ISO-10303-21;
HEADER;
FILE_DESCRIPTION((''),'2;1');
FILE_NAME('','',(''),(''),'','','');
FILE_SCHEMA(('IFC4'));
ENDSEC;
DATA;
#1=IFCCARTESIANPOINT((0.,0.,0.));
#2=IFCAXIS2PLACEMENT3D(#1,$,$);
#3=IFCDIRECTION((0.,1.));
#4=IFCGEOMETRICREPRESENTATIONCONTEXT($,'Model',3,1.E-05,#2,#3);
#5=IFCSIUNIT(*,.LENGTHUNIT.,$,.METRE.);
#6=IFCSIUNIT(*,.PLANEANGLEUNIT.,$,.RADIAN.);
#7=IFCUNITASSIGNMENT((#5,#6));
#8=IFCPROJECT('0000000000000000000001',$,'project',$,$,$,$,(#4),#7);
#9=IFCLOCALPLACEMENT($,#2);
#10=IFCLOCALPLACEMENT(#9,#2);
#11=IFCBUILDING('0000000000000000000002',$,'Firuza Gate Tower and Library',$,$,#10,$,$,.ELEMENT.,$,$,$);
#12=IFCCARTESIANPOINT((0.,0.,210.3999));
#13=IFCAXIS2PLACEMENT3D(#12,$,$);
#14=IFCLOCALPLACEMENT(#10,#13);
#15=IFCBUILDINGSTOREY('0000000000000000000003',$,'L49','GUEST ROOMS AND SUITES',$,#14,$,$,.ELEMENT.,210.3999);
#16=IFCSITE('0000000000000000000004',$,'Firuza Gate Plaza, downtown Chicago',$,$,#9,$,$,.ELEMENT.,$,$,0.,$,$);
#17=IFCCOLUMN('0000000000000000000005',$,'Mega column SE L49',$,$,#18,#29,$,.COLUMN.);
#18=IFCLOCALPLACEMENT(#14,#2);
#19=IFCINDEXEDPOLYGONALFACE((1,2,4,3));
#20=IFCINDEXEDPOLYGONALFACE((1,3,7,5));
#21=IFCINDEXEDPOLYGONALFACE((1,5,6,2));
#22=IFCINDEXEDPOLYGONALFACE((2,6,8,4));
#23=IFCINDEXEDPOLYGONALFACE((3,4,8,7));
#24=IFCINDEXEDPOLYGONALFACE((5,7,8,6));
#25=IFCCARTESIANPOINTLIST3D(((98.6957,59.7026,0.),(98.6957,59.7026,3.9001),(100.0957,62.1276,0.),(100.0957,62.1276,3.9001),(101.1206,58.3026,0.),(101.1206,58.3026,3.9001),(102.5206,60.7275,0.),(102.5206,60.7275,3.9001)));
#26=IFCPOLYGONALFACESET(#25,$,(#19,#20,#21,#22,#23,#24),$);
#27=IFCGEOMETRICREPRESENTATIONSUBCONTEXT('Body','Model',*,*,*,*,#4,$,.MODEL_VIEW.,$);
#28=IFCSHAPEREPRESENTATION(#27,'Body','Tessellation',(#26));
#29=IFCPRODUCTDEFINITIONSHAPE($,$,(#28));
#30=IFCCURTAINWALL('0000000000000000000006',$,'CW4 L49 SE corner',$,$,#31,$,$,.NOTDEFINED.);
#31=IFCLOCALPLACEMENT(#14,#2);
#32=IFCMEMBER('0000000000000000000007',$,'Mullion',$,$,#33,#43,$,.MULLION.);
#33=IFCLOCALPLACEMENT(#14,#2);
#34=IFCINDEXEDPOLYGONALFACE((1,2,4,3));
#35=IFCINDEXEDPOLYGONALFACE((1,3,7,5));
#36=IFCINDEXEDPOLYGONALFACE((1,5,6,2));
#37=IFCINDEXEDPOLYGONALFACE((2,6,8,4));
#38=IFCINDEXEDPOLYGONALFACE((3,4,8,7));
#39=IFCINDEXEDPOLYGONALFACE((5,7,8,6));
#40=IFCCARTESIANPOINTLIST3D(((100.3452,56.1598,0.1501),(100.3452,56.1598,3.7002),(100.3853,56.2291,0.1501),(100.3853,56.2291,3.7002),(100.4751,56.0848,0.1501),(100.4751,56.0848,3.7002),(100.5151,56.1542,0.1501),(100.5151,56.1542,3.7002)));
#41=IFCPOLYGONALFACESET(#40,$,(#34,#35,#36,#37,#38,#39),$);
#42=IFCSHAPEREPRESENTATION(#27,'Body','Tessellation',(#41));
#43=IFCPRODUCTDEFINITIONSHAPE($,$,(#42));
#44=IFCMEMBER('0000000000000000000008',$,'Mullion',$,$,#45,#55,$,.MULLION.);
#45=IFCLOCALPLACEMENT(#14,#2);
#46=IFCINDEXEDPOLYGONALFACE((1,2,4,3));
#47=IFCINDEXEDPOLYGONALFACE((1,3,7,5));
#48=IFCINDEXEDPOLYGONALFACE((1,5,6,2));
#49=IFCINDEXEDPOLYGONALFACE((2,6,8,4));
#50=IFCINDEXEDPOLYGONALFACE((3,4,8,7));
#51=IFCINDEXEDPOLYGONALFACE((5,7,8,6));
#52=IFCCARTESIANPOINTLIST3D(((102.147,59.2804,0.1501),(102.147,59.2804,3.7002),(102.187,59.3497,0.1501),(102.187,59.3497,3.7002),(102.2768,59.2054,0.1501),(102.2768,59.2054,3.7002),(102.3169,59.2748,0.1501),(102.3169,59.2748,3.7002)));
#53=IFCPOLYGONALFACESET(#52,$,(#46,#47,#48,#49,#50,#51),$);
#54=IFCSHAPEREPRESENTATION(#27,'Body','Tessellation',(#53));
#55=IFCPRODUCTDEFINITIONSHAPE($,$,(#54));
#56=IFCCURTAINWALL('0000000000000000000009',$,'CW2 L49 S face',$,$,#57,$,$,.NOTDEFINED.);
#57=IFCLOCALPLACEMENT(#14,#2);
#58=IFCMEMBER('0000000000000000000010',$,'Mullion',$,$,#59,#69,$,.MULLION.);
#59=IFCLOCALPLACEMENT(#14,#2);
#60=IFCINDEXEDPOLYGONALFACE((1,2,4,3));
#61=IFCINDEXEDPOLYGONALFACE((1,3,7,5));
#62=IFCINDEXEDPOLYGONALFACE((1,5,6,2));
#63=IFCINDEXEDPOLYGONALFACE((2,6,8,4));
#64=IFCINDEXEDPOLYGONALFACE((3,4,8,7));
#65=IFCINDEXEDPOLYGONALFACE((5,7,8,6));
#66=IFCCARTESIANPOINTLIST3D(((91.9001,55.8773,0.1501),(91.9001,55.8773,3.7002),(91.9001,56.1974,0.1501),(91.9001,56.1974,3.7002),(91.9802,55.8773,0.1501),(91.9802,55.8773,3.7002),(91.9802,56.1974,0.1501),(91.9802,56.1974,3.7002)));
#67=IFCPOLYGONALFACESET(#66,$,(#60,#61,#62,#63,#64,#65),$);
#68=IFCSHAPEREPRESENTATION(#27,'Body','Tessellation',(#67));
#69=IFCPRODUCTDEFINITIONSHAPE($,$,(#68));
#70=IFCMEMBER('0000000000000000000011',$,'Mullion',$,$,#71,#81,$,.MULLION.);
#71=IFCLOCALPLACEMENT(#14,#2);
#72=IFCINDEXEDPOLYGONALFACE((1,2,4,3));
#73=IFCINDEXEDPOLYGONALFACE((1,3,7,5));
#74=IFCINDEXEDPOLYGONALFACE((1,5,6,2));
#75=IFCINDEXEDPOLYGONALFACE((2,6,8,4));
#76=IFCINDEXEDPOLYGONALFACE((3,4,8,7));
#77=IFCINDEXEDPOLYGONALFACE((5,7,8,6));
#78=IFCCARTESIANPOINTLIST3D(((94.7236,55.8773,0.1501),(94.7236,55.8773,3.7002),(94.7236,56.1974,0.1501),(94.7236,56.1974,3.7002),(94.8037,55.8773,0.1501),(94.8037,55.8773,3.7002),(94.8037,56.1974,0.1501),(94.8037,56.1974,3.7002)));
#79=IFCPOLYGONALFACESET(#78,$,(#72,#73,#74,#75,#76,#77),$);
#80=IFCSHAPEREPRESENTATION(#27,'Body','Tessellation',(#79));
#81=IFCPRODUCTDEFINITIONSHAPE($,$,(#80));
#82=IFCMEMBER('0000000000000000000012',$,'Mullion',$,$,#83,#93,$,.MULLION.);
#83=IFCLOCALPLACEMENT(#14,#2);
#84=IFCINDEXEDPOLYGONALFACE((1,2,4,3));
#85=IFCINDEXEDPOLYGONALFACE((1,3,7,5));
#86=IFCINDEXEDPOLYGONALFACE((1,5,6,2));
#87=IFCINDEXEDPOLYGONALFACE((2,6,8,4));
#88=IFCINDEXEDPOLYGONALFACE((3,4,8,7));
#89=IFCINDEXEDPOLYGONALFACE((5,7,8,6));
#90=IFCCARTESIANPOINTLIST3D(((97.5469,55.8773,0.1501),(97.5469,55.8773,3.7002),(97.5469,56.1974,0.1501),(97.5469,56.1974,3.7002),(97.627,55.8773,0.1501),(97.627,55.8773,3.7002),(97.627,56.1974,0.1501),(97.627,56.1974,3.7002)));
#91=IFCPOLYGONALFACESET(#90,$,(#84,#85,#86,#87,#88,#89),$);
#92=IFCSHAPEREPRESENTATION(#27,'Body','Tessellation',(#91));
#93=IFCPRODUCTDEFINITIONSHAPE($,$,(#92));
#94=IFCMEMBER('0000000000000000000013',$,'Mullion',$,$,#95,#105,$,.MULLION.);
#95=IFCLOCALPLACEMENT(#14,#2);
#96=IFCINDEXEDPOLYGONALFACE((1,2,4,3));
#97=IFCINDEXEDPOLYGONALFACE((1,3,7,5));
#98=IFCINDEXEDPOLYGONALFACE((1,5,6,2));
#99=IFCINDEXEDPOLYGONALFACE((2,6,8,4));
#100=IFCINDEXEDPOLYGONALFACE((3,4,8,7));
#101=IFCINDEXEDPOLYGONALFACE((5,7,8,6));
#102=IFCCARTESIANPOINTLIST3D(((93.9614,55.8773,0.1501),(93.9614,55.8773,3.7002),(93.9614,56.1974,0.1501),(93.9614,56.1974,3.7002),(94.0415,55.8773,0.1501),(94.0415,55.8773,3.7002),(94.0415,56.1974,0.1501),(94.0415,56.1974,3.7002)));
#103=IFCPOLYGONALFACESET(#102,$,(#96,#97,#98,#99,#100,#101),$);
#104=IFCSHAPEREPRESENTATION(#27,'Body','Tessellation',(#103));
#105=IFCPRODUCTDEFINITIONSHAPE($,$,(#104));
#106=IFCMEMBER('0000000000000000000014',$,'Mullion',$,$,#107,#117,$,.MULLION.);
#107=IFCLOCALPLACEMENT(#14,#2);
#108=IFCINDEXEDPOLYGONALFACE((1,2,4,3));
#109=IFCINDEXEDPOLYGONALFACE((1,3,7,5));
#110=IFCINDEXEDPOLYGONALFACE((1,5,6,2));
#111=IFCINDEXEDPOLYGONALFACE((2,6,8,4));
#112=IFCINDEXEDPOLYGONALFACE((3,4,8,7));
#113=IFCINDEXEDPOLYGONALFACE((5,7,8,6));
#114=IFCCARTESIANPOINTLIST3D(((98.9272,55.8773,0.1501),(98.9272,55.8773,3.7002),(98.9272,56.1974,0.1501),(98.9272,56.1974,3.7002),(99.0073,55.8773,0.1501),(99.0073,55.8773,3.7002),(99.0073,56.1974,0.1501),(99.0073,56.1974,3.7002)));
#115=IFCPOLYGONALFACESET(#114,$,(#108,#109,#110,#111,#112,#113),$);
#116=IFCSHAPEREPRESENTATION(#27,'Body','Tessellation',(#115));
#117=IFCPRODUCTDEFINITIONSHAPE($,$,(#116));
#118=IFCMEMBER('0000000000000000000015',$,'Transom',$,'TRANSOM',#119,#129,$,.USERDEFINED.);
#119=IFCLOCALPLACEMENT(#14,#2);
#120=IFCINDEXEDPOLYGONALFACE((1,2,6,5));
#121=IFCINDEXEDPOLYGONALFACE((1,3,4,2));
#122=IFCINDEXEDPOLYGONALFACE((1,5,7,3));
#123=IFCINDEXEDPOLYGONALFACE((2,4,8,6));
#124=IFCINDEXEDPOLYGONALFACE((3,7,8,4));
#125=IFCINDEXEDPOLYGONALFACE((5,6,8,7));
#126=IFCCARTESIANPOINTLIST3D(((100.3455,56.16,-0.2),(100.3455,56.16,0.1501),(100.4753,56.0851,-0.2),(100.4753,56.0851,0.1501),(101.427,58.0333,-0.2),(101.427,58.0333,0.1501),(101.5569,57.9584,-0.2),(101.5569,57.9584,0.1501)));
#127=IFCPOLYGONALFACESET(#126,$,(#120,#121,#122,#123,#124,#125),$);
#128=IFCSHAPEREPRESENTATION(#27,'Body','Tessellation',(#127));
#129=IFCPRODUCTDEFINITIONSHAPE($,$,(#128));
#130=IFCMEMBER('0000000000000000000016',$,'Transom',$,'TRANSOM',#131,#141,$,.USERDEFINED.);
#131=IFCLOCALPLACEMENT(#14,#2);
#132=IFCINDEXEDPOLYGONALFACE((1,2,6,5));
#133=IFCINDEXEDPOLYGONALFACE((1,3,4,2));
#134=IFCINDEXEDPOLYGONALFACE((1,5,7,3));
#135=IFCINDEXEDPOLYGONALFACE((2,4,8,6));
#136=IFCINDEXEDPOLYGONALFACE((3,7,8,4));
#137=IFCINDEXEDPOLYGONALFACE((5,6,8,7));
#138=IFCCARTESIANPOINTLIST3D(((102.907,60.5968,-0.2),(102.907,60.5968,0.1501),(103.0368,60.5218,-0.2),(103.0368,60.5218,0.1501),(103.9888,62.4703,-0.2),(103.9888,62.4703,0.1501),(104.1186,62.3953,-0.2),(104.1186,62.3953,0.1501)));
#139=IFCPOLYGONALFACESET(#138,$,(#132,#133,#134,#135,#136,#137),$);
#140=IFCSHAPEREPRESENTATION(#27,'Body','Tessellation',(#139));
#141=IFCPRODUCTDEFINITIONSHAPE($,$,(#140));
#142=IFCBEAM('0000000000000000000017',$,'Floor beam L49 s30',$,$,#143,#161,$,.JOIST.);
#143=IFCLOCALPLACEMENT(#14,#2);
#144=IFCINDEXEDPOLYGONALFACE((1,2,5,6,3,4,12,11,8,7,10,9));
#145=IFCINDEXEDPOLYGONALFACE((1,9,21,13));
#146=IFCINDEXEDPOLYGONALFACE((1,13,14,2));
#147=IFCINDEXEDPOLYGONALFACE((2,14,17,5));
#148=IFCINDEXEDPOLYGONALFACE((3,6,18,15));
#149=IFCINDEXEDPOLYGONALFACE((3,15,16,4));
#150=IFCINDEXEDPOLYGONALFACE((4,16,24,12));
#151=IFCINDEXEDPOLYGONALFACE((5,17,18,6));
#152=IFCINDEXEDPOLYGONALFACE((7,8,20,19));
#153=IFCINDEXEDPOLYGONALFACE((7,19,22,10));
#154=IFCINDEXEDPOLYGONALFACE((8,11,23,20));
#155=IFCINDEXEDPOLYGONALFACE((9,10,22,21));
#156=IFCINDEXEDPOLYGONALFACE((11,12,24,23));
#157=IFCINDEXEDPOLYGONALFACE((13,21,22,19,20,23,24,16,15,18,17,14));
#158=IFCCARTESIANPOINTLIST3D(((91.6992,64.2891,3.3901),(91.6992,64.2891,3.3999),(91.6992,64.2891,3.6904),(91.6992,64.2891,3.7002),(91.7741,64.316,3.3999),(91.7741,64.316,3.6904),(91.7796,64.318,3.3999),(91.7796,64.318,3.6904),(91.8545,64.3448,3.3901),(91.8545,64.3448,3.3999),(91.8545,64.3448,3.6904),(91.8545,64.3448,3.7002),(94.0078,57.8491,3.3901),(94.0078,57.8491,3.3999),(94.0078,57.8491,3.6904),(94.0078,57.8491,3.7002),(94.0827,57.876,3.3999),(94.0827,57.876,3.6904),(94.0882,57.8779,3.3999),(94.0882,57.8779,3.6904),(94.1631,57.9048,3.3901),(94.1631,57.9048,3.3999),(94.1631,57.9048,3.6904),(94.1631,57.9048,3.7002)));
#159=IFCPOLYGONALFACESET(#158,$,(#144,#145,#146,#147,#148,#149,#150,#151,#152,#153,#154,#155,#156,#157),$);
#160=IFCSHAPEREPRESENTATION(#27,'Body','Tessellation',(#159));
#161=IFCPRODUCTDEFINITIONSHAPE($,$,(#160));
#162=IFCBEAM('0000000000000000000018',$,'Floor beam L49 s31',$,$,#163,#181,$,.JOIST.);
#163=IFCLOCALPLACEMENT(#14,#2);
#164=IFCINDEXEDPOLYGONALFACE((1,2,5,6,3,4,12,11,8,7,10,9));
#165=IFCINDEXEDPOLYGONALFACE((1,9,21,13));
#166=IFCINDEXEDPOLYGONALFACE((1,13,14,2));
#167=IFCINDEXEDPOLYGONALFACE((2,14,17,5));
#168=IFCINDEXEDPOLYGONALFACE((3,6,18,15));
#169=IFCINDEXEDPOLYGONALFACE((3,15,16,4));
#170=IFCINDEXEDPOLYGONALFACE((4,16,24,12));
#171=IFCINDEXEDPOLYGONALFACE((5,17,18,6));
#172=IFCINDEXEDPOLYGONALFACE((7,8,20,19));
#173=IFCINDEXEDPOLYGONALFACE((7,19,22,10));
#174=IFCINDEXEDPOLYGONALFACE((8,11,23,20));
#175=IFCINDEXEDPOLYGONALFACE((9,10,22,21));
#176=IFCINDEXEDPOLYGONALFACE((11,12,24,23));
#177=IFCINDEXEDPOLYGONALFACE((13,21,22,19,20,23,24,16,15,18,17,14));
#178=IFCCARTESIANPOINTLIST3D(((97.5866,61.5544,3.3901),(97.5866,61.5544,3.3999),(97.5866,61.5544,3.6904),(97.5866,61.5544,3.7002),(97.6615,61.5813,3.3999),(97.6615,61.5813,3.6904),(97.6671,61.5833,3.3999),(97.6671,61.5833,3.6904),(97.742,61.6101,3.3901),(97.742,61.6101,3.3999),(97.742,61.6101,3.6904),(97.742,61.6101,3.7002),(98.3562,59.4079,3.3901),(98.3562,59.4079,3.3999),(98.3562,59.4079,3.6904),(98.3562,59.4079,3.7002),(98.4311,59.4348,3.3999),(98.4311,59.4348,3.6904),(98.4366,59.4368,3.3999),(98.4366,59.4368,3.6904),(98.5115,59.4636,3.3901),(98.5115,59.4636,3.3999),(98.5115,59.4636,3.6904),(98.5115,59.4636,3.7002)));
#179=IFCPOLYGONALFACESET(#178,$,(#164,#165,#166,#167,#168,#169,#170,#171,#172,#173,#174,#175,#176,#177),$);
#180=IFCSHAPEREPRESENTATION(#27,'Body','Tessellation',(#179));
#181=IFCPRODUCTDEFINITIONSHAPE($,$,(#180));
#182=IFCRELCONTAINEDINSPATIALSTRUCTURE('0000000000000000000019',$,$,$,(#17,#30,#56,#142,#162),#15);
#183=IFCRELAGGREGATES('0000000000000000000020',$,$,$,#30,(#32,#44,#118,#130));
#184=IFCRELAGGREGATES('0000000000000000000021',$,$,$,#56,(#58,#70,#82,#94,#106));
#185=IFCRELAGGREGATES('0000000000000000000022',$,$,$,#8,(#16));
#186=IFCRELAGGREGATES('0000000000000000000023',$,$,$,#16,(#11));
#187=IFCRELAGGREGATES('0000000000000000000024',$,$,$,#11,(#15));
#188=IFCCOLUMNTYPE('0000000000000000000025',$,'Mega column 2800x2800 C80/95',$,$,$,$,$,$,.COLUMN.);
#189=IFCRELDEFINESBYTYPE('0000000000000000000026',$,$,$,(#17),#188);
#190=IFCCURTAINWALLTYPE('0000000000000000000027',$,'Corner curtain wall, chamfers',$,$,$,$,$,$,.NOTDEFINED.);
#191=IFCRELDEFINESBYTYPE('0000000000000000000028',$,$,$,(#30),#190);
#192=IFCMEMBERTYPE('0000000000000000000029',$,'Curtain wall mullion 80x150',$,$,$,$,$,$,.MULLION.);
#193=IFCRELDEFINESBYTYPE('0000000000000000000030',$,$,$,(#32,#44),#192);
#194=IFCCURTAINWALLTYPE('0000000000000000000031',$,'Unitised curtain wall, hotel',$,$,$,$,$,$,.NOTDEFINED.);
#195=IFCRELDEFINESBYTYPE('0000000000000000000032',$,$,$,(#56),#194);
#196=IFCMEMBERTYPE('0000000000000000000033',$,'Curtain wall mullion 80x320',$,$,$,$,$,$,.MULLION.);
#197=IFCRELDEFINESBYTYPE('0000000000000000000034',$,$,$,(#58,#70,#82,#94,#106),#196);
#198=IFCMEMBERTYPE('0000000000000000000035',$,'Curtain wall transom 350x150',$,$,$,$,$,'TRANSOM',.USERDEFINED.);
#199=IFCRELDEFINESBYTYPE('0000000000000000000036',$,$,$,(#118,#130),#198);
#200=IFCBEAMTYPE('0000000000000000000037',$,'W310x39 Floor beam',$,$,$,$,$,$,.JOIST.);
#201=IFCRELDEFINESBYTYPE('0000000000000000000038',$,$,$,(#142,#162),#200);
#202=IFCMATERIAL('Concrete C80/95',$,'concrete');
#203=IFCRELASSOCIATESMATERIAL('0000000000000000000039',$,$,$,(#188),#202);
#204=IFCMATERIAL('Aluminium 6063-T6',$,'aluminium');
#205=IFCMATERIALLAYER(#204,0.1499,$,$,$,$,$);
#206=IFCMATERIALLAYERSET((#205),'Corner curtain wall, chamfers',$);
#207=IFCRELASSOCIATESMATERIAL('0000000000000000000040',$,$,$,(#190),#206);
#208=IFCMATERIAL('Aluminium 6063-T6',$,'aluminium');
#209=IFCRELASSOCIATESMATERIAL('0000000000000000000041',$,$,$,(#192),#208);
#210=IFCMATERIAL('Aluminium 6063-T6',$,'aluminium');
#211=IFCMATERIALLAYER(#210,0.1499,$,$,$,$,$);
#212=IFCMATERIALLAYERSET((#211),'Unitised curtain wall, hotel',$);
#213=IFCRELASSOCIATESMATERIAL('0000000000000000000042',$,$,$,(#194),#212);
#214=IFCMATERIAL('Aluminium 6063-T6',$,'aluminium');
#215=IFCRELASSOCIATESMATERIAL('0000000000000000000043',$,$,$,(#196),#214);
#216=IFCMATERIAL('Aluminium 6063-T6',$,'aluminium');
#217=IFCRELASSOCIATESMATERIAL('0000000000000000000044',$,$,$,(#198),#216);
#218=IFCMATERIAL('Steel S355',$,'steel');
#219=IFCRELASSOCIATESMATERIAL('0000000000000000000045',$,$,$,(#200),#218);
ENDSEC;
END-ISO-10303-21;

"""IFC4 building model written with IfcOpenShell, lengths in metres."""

from ifc_helpers import new_model, si_unit, direction, frame, origin, origin_2d, place, context, subcontext, project, spatial, rectangle, i_section, extrude, material, layer, layer_set, material_profile, profile_set, type_object, element, aggregate, save


model = new_model("IFC4")

# Units and contexts
model_context = context("Model", 3, precision=1e-05, world=origin(), true_north=direction((0.0, 1.0)))
body_context = subcontext(model_context, "Body", "Model", "MODEL_VIEW")
ifc_project = project(units=[si_unit("LENGTHUNIT", "METRE"), si_unit("PLANEANGLEUNIT", "RADIAN")], contexts=[model_context])

# Site, building, storey
site_placement = place(None, origin())
site = spatial("IfcSite", under=ifc_project, at=site_placement, Name="Firuza Gate Plaza, downtown Chicago", CompositionType="ELEMENT", RefElevation=0.0)
building_placement = place(site_placement, origin())
building = spatial("IfcBuilding", under=site, at=building_placement, Name="Firuza Gate Tower and Library", CompositionType="ELEMENT")
storey_placement = place(building_placement, frame((0.0, 0.0, 210.3999)))
storey = spatial("IfcBuildingStorey", under=building, at=storey_placement, Name="L49", Description="GUEST ROOMS AND SUITES", CompositionType="ELEMENT", Elevation=210.3999)

# Column
ifc_material_1 = material(Name="Concrete C80/95", Category="concrete")
ifc_material_profile_1 = material_profile(ifc_material_1, rectangle(XDim=2.8, YDim=2.8, at=origin_2d()))
ifc_profile_set_1 = profile_set([ifc_material_profile_1], Name="Concrete C80/95")
column_type = type_object("IfcColumnType", Name="Mega column 2800x2800 C80/95", PredefinedType="COLUMN", material=ifc_profile_set_1)
column_placement = place(storey_placement, frame((100.6082, 60.2151, 0.0), z_axis=(0.0, 0.0, 1.0), x_axis=(0.5, 0.866025, 0.0)))
element("IfcColumn", 1, at=column_placement, inside=storey, type_object=column_type, Name="Mega column SE L49", PredefinedType="COLUMN", context=body_context, shape_type="SweptSolid", body=[
    extrude(rectangle(XDim=2.8, YDim=2.8, at=origin_2d()), origin(), (0.0, 0.0, 1.0), 3.9001),
])

# Curtain walls, members
ifc_material_2 = material(Name="Aluminium 6063-T6", Category="aluminium")
ifc_layer_1 = layer(ifc_material_2, 0.1499)
ifc_layer_set_1 = layer_set([ifc_layer_1], Name="Corner curtain wall, chamfers")
curtain_wall_type_1 = type_object("IfcCurtainWallType", Name="Corner curtain wall, chamfers", PredefinedType="NOTDEFINED", material=ifc_layer_set_1)
placement = place(storey_placement, origin())
curtain_wall_1 = element("IfcCurtainWall", 2, at=placement, inside=storey, type_object=curtain_wall_type_1, Name="CW4 L49 SE corner", PredefinedType="NOTDEFINED")
ifc_material_3 = material(Name="Aluminium 6063-T6", Category="aluminium")
ifc_material_profile_2 = material_profile(ifc_material_3, rectangle(XDim=0.1499, YDim=0.0801, at=origin_2d()))
ifc_profile_set_2 = profile_set([ifc_material_profile_2], Name="Aluminium 6063-T6")
member_type_1 = type_object("IfcMemberType", Name="Curtain wall mullion 80x150", PredefinedType="MULLION", material=ifc_profile_set_2)
member_1_placement = place(storey_placement, frame((100.4302, 56.157, 0.1501), z_axis=(0.0, 0.0, 1.0), x_axis=(-0.866025, 0.5, 0.0)))
member_1 = element("IfcMember", 3, at=member_1_placement, type_object=member_type_1, Name="Mullion", PredefinedType="MULLION", context=body_context, shape_type="SweptSolid", body=[
    extrude(rectangle(XDim=0.1499, YDim=0.0801, at=origin_2d()), origin(), (0.0, 0.0, 1.0), 3.55),
])
member_2_placement = place(storey_placement, frame((102.2319, 59.2776, 0.1501), z_axis=(0.0, 0.0, 1.0), x_axis=(-0.866025, 0.5, 0.0)))
member_2 = element("IfcMember", 4, at=member_2_placement, type_object=member_type_1, Name="Mullion", PredefinedType="MULLION", context=body_context, shape_type="SweptSolid", body=[
    extrude(rectangle(XDim=0.1499, YDim=0.0801, at=origin_2d()), origin(), (0.0, 0.0, 1.0), 3.55),
])
ifc_material_4 = material(Name="Aluminium 6063-T6", Category="aluminium")
ifc_layer_2 = layer(ifc_material_4, 0.1499)
ifc_layer_set_2 = layer_set([ifc_layer_2], Name="Unitised curtain wall, hotel")
curtain_wall_type_2 = type_object("IfcCurtainWallType", Name="Unitised curtain wall, hotel", PredefinedType="NOTDEFINED", material=ifc_layer_set_2)
curtain_wall_2 = element("IfcCurtainWall", 5, at=placement, inside=storey, type_object=curtain_wall_type_2, Name="CW2 L49 S face", PredefinedType="NOTDEFINED")
ifc_material_5 = material(Name="Aluminium 6063-T6", Category="aluminium")
ifc_material_profile_3 = material_profile(ifc_material_5, rectangle(XDim=0.3201, YDim=0.0801, at=origin_2d()))
ifc_profile_set_3 = profile_set([ifc_material_profile_3], Name="Aluminium 6063-T6")
member_type_2 = type_object("IfcMemberType", Name="Curtain wall mullion 80x320", PredefinedType="MULLION", material=ifc_profile_set_3)
member_3_placement = place(storey_placement, frame((91.9402, 56.0374, 0.1501), z_axis=(0.0, 0.0, 1.0), x_axis=(0.0, 1.0, 0.0)))
member_3 = element("IfcMember", 6, at=member_3_placement, type_object=member_type_2, Name="Mullion", PredefinedType="MULLION", context=body_context, shape_type="SweptSolid", body=[
    extrude(rectangle(XDim=0.3201, YDim=0.0801, at=origin_2d()), origin(), (0.0, 0.0, 1.0), 3.55),
])
member_4_placement = place(storey_placement, frame((94.7637, 56.0374, 0.1501), z_axis=(0.0, 0.0, 1.0), x_axis=(0.0, 1.0, 0.0)))
member_4 = element("IfcMember", 7, at=member_4_placement, type_object=member_type_2, Name="Mullion", PredefinedType="MULLION", context=body_context, shape_type="SweptSolid", body=[
    extrude(rectangle(XDim=0.3201, YDim=0.0801, at=origin_2d()), origin(), (0.0, 0.0, 1.0), 3.55),
])
member_5_placement = place(storey_placement, frame((97.5869, 56.0374, 0.1501), z_axis=(0.0, 0.0, 1.0), x_axis=(0.0, 1.0, 0.0)))
member_5 = element("IfcMember", 8, at=member_5_placement, type_object=member_type_2, Name="Mullion", PredefinedType="MULLION", context=body_context, shape_type="SweptSolid", body=[
    extrude(rectangle(XDim=0.3201, YDim=0.0801, at=origin_2d()), origin(), (0.0, 0.0, 1.0), 3.55),
])
member_6_placement = place(storey_placement, frame((94.0015, 56.0374, 0.1501), z_axis=(0.0, 0.0, 1.0), x_axis=(0.0, 1.0, 0.0)))
member_6 = element("IfcMember", 9, at=member_6_placement, type_object=member_type_2, Name="Mullion", PredefinedType="MULLION", context=body_context, shape_type="SweptSolid", body=[
    extrude(rectangle(XDim=0.3201, YDim=0.0801, at=origin_2d()), origin(), (0.0, 0.0, 1.0), 3.55),
])
member_7_placement = place(storey_placement, frame((98.9673, 56.0374, 0.1501), z_axis=(0.0, 0.0, 1.0), x_axis=(0.0, 1.0, 0.0)))
member_7 = element("IfcMember", 10, at=member_7_placement, type_object=member_type_2, Name="Mullion", PredefinedType="MULLION", context=body_context, shape_type="SweptSolid", body=[
    extrude(rectangle(XDim=0.3201, YDim=0.0801, at=origin_2d()), origin(), (0.0, 0.0, 1.0), 3.55),
])

# Members
ifc_material_6 = material(Name="Aluminium 6063-T6", Category="aluminium")
ifc_material_profile_4 = material_profile(ifc_material_6, rectangle(XDim=0.1499, YDim=0.3501, at=origin_2d()))
ifc_profile_set_4 = profile_set([ifc_material_profile_4], Name="Aluminium 6063-T6")
member_type_3 = type_object("IfcMemberType", Name="Curtain wall transom 350x150", ElementType="TRANSOM", PredefinedType="USERDEFINED", material=ifc_profile_set_4)
member_8_placement = place(storey_placement, frame((100.4104, 56.1226, -0.0249), z_axis=(0.499999, 0.866026, 0.0), x_axis=(-0.866026, 0.499999, 0.0)))
member_8 = element("IfcMember", 11, at=member_8_placement, type_object=member_type_3, Name="Transom", ObjectType="TRANSOM", PredefinedType="USERDEFINED", context=body_context, shape_type="SweptSolid", body=[
    extrude(rectangle(XDim=0.1499, YDim=0.3501, at=origin_2d()), origin(), (0.0, 0.0, 1.0), 2.1631),
])
member_9_placement = place(storey_placement, frame((102.9719, 60.5593, -0.0249), z_axis=(0.500035, 0.866005, 0.0), x_axis=(-0.866005, 0.500035, 0.0)))
member_9 = element("IfcMember", 12, at=member_9_placement, type_object=member_type_3, Name="Transom", ObjectType="TRANSOM", PredefinedType="USERDEFINED", context=body_context, shape_type="SweptSolid", body=[
    extrude(rectangle(XDim=0.1499, YDim=0.3501, at=origin_2d()), origin(), (0.0, 0.0, 1.0), 2.1633),
])

# Beams
ifc_material_7 = material(Name="Steel S355", Category="steel")
ifc_material_profile_5 = material_profile(ifc_material_7, i_section(OverallWidth=0.165, OverallDepth=0.3101, WebThickness=0.0059, FlangeThickness=0.0098, at=origin_2d()))
ifc_profile_set_5 = profile_set([ifc_material_profile_5], Name="Steel S355")
beam_type_1 = type_object("IfcBeamType", Name="W310x39 Floor beam", PredefinedType="JOIST", material=ifc_profile_set_5)
beam_1_placement = place(storey_placement, frame((94.0854, 57.877, 3.5452), z_axis=(-0.337453, 0.941342, 0.0), x_axis=(-0.941342, -0.337453, 0.0)))
element("IfcBeam", 13, at=beam_1_placement, inside=storey, type_object=beam_type_1, Name="Floor beam L49 s30", PredefinedType="JOIST", context=body_context, shape_type="SweptSolid", body=[
    extrude(i_section(OverallWidth=0.165, OverallDepth=0.3101, WebThickness=0.0059, FlangeThickness=0.0098, at=origin_2d()), origin(), (0.0, 0.0, 1.0), 6.8413),
])
beam_2_placement = place(storey_placement, frame((98.4338, 59.4358, 3.5452), z_axis=(-0.337476, 0.941334, 0.0), x_axis=(-0.941334, -0.337476, 0.0)))
element("IfcBeam", 14, at=beam_2_placement, inside=storey, type_object=beam_type_1, Name="Floor beam L49 s31", PredefinedType="JOIST", context=body_context, shape_type="SweptSolid", body=[
    extrude(i_section(OverallWidth=0.165, OverallDepth=0.3101, WebThickness=0.0059, FlangeThickness=0.0098, at=origin_2d()), origin(), (0.0, 0.0, 1.0), 2.2803),
])

aggregate(curtain_wall_1, [member_1, member_2, member_8, member_9])
aggregate(curtain_wall_2, [member_3, member_4, member_5, member_6, member_7])

save(model, "model.ifc")
